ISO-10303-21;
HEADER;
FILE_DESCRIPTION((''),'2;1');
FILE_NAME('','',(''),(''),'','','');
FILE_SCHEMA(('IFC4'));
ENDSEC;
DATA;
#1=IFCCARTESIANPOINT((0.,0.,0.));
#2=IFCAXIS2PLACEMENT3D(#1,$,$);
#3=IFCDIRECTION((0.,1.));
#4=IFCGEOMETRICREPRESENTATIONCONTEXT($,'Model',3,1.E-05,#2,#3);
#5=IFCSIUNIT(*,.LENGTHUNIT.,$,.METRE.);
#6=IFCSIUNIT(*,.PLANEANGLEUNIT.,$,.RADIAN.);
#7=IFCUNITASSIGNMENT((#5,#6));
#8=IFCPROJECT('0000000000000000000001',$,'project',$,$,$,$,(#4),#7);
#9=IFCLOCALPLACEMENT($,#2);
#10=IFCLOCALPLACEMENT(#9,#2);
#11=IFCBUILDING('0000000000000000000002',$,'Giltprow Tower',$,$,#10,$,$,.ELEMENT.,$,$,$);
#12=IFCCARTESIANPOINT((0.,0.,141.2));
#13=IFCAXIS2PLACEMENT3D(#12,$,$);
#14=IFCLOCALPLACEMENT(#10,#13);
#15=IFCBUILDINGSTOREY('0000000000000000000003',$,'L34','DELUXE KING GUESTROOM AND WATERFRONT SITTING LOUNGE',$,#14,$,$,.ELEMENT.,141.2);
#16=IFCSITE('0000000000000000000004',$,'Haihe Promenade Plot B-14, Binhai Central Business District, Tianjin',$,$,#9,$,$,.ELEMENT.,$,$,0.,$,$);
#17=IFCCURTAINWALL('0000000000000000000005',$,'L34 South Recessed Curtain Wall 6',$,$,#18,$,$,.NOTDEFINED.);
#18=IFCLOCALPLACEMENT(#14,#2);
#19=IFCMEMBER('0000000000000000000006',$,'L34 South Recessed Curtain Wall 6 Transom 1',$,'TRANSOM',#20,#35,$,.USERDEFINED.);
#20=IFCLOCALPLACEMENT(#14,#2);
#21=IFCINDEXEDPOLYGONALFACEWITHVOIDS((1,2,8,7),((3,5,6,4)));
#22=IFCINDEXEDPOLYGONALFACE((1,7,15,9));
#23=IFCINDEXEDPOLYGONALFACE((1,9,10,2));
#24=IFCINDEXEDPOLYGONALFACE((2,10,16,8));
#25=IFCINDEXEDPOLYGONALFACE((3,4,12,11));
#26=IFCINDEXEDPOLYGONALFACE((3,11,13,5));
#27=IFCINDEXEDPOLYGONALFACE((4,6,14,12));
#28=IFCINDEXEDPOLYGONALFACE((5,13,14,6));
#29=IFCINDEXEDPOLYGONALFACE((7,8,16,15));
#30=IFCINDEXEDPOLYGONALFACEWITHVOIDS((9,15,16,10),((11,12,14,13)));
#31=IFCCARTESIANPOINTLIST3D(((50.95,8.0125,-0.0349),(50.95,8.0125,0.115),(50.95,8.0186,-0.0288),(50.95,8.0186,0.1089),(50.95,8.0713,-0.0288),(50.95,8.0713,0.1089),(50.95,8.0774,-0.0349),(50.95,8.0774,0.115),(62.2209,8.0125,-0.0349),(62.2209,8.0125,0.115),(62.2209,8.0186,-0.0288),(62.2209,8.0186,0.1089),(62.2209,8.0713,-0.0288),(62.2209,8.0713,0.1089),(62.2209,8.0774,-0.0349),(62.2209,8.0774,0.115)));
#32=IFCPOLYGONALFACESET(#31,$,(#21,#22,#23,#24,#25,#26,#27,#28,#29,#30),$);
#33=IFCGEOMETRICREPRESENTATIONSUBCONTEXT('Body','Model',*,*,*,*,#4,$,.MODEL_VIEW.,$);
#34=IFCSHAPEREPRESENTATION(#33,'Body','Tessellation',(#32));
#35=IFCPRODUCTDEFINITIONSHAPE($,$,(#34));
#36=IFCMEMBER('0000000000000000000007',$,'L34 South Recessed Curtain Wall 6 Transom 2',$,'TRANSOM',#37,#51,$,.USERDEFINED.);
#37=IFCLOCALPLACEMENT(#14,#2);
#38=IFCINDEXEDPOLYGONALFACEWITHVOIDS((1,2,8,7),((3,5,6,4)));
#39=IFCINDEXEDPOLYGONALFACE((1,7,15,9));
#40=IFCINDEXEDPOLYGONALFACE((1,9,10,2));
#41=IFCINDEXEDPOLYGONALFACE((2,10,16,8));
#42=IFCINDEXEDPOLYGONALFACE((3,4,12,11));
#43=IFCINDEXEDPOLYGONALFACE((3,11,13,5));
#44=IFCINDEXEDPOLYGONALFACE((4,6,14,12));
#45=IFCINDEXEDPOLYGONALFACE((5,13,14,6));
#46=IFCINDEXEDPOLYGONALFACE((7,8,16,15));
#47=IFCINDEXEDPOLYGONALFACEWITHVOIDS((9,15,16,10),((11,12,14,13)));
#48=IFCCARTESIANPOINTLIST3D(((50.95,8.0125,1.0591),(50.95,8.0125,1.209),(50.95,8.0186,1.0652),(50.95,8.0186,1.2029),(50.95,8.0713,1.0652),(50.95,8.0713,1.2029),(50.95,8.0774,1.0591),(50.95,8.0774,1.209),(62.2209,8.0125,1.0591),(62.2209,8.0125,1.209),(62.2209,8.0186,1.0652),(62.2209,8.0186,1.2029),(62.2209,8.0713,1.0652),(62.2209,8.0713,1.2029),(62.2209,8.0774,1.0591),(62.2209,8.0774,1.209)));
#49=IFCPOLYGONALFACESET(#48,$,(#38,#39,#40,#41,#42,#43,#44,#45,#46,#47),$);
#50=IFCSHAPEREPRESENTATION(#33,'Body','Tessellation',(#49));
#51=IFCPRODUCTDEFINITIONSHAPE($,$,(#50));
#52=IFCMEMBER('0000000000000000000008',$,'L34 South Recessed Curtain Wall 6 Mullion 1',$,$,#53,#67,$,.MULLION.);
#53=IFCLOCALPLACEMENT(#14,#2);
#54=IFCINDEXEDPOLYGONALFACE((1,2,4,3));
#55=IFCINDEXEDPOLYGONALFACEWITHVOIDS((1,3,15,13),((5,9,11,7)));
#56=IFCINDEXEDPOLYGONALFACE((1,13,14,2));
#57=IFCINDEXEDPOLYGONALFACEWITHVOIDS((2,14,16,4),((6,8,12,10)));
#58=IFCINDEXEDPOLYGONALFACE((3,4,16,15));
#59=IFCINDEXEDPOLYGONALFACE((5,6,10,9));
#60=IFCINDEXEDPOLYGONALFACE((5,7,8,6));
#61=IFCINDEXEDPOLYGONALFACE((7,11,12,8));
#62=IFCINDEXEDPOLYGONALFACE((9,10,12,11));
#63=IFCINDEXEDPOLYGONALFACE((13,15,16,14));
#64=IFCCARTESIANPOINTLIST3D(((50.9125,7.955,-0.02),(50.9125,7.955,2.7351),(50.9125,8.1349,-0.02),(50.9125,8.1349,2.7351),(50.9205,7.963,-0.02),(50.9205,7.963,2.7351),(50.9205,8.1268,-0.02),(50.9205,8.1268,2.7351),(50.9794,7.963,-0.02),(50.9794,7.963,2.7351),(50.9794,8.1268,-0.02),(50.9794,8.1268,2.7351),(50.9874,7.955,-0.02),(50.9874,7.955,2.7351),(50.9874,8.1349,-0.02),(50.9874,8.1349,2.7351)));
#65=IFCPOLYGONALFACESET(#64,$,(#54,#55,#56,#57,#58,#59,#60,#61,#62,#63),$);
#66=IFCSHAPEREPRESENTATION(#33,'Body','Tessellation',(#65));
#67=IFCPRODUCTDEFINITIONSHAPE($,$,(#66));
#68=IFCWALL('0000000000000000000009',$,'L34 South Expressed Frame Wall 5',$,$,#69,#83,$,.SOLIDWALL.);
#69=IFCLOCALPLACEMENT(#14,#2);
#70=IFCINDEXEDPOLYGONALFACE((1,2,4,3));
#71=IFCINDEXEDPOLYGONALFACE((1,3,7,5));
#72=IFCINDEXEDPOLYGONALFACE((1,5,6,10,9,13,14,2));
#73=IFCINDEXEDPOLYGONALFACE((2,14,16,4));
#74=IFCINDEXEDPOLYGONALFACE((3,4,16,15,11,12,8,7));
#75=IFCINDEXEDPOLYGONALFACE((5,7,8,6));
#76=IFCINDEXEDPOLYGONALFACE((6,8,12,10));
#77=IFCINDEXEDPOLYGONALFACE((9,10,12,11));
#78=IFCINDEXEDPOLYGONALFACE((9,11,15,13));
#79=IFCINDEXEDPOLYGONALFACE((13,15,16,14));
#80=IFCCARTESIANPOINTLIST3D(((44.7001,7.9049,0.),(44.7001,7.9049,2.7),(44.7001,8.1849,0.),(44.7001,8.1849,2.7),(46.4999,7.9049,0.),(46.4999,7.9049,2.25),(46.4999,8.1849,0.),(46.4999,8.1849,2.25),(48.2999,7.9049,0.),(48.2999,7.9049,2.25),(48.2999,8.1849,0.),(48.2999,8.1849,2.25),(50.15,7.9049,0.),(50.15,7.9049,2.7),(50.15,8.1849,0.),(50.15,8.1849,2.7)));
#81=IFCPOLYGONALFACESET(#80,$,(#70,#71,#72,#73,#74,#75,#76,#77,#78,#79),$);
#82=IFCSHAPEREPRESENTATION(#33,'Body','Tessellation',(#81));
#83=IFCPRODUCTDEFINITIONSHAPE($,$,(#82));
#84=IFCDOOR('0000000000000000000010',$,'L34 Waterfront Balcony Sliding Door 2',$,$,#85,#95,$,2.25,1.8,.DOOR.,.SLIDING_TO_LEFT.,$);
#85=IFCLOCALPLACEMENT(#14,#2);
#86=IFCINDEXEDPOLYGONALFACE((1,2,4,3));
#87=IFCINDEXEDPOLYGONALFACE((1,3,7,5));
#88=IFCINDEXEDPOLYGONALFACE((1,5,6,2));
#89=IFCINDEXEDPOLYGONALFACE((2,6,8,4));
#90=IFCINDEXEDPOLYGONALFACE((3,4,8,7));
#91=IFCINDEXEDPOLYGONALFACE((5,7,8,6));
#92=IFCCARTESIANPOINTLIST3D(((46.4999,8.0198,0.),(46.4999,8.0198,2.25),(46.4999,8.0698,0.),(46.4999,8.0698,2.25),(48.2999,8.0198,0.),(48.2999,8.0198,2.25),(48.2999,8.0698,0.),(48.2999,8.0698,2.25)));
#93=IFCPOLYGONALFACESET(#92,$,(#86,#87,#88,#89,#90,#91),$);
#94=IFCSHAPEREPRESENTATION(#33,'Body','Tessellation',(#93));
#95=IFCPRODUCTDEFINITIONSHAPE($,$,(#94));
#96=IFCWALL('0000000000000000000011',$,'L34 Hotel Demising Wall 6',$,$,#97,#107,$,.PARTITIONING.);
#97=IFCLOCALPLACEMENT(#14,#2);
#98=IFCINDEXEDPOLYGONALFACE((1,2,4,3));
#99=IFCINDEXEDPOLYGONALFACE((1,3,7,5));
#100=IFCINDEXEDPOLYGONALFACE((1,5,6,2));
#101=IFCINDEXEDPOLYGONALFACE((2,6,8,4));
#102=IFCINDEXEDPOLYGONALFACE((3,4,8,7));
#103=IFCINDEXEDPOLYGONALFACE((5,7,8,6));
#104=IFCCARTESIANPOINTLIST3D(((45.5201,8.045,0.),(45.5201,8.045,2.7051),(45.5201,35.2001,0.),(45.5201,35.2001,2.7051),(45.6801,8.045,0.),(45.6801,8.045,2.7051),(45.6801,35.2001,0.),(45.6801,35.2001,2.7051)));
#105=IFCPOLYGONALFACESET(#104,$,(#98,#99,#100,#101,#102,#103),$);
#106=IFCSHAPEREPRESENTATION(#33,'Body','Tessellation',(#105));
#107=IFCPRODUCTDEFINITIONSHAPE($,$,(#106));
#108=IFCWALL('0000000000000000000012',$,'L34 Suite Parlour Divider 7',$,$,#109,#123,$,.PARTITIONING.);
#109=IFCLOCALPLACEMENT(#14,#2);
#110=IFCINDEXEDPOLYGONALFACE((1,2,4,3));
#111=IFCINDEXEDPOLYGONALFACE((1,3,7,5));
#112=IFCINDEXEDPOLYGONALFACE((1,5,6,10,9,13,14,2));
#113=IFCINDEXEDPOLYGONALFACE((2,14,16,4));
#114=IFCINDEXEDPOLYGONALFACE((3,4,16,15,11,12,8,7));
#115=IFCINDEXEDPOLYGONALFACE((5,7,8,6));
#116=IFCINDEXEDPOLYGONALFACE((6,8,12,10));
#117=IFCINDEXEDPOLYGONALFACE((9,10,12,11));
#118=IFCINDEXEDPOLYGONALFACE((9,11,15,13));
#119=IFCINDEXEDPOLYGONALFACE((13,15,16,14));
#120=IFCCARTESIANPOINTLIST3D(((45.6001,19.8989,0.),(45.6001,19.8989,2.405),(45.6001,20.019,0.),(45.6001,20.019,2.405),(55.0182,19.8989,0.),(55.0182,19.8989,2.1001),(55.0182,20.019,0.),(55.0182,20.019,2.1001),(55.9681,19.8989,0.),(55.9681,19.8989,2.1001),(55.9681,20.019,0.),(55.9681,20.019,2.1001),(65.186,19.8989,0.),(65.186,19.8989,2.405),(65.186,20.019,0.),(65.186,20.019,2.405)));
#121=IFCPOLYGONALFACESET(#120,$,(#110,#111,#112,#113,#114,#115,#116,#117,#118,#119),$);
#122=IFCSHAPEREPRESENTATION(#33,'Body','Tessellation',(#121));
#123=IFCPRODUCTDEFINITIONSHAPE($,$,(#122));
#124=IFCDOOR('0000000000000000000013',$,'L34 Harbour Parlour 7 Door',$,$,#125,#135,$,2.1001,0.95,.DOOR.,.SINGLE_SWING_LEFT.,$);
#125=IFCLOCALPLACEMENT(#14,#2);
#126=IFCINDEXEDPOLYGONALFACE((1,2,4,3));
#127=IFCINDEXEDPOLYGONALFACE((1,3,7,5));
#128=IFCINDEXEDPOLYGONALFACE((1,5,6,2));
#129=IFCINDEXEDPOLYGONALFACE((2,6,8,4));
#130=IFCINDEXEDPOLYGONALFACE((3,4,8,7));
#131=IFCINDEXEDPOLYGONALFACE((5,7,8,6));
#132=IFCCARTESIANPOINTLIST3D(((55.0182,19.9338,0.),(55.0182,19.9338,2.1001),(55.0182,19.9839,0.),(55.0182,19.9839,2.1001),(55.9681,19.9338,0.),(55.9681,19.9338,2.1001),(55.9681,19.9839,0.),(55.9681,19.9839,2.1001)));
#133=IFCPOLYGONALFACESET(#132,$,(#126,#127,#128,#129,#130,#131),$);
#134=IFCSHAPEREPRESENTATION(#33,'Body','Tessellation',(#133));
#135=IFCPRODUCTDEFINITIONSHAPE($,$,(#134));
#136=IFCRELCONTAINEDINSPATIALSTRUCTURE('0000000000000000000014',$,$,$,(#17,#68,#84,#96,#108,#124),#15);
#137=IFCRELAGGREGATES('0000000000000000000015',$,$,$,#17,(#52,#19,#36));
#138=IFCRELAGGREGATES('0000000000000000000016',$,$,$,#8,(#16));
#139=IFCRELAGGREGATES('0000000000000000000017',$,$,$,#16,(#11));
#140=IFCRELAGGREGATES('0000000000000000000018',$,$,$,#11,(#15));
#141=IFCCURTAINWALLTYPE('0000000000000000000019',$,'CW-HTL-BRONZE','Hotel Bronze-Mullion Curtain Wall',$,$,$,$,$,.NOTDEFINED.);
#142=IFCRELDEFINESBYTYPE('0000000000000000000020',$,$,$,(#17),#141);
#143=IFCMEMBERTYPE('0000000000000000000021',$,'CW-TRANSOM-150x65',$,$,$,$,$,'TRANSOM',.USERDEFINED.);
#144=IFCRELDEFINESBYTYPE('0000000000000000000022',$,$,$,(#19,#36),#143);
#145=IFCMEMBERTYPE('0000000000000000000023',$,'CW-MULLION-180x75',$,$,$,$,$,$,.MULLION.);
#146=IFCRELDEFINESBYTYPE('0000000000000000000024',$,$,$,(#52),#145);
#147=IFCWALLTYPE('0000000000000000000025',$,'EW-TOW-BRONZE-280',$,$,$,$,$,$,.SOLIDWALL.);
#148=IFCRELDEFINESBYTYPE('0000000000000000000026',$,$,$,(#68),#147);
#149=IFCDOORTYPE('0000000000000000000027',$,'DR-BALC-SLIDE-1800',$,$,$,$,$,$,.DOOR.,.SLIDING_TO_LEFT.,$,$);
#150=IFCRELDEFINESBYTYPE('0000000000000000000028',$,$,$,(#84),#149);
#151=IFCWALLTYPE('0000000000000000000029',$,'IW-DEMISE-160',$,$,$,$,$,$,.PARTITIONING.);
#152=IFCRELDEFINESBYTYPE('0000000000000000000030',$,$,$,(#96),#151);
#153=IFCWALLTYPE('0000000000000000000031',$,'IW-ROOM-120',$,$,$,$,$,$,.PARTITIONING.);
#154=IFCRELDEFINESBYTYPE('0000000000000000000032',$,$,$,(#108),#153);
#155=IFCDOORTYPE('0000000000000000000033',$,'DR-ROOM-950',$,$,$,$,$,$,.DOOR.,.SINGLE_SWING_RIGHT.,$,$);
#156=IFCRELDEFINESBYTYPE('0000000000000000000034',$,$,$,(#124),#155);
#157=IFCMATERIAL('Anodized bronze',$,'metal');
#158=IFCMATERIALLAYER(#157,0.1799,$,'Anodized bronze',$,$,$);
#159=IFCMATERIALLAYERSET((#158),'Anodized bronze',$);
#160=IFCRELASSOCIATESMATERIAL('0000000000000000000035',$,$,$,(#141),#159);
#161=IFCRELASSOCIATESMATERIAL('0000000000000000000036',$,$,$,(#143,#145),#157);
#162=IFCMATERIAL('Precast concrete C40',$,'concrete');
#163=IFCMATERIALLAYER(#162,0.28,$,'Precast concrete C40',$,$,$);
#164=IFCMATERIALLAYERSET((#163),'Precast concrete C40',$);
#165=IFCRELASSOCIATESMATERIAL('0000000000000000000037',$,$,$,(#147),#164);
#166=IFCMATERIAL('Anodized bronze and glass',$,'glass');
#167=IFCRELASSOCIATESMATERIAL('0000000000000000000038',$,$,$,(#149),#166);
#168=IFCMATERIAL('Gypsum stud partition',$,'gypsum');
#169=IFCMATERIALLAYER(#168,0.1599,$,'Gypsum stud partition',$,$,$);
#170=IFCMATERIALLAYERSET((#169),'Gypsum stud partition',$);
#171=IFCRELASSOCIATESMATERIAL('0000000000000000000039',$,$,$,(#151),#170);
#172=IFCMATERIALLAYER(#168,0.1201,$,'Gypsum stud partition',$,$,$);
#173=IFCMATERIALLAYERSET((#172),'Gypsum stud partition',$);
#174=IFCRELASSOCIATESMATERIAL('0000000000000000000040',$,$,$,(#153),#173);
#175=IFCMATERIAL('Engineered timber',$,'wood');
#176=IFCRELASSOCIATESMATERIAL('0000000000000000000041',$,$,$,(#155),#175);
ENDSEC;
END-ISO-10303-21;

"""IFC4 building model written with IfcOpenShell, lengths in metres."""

from ifc_helpers import new_model, si_unit, direction, frame, frame_2d, origin, origin_2d, place, context, subcontext, project, spatial, rectangle, hollow_rectangle, extrude, source, transform, mapped, material, layer, layer_set, material_profile, profile_set, type_object, element, fill, aggregate, save


model = new_model("IFC4")

# Units and contexts
model_context = context("Model", 3, precision=1e-05, world=origin(), true_north=direction((0.0, 1.0)))
body_context = subcontext(model_context, "Body", "Model", "MODEL_VIEW")
ifc_project = project(units=[si_unit("LENGTHUNIT", "METRE"), si_unit("PLANEANGLEUNIT", "RADIAN")], contexts=[model_context])

# Site, building, storey
site_placement = place(None, origin())
site = spatial("IfcSite", under=ifc_project, at=site_placement, Name="Haihe Promenade Plot B-14, Binhai Central Business District, Tianjin", CompositionType="ELEMENT", RefElevation=0.0)
building_placement = place(site_placement, origin())
building = spatial("IfcBuilding", under=site, at=building_placement, Name="Giltprow Tower", CompositionType="ELEMENT")
storey_placement = place(building_placement, frame((0.0, 0.0, 141.2)))
storey = spatial("IfcBuildingStorey", under=building, at=storey_placement, Name="L34", Description="DELUXE KING GUESTROOM AND WATERFRONT SITTING LOUNGE", CompositionType="ELEMENT", Elevation=141.2)

# Curtain wall, members
ifc_material_1 = material(Name="Anodized bronze", Category="metal")
ifc_layer_1 = layer(ifc_material_1, 0.1799, Name="Anodized bronze")
ifc_layer_set_1 = layer_set([ifc_layer_1], Name="Anodized bronze")
curtain_wall_type = type_object("IfcCurtainWallType", Name="CW-HTL-BRONZE", Description="Hotel Bronze-Mullion Curtain Wall", PredefinedType="NOTDEFINED", material=ifc_layer_set_1)
curtain_wall_placement = place(storey_placement, origin())
curtain_wall = element("IfcCurtainWall", 1, at=curtain_wall_placement, inside=storey, type_object=curtain_wall_type, Name="L34 South Recessed Curtain Wall 6", PredefinedType="NOTDEFINED")
ifc_material_profile_1 = material_profile(ifc_material_1, hollow_rectangle(XDim=0.0649, YDim=0.1499, WallThickness=0.0061, at=origin_2d()), Name="RHS 150x65x6")
ifc_profile_set_1 = profile_set([ifc_material_profile_1], Name="Anodized bronze")
member_type_1 = type_object("IfcMemberType", Name="CW-TRANSOM-150x65", ElementType="TRANSOM", PredefinedType="USERDEFINED", material=ifc_profile_set_1)
shared_shape_1 = source(origin(), body_context, "Body", "SweptSolid", [
    extrude(hollow_rectangle(XDim=0.0649, YDim=0.1499, WallThickness=0.0061, at=origin_2d()), origin(), (0.0, 0.0, 1.0), 11.271),
])
member_1_placement = place(storey_placement, frame((50.95, 8.0449, 0.04), z_axis=(1.0, 0.0, 0.0), x_axis=(0.0, 1.0, 0.0)))
member_1 = element("IfcMember", 2, at=member_1_placement, type_object=member_type_1, Name="L34 South Recessed Curtain Wall 6 Transom 1", ObjectType="TRANSOM", PredefinedType="USERDEFINED", context=body_context, shape_type="MappedRepresentation", body=[
    mapped(shared_shape_1, transform((0.0, 0.0, 0.0), x_axis=(1.0, 0.0, 0.0), y_axis=(0.0, 1.0, 0.0), z_axis=(0.0, 0.0, 1.0), scale=1.0)),
])
member_2_placement = place(storey_placement, frame((50.95, 8.0449, 1.134), z_axis=(1.0, 0.0, 0.0), x_axis=(0.0, 1.0, 0.0)))
member_2 = element("IfcMember", 3, at=member_2_placement, type_object=member_type_1, Name="L34 South Recessed Curtain Wall 6 Transom 2", ObjectType="TRANSOM", PredefinedType="USERDEFINED", context=body_context, shape_type="MappedRepresentation", body=[
    mapped(shared_shape_1, transform((0.0, 0.0, 0.0), x_axis=(1.0, 0.0, 0.0), y_axis=(0.0, 1.0, 0.0), z_axis=(0.0, 0.0, 1.0), scale=1.0)),
])
ifc_material_profile_2 = material_profile(ifc_material_1, hollow_rectangle(XDim=0.075, YDim=0.1799, WallThickness=0.0081, at=origin_2d()), Name="RHS 180x75x8")
ifc_profile_set_2 = profile_set([ifc_material_profile_2], Name="Anodized bronze")
member_type_2 = type_object("IfcMemberType", Name="CW-MULLION-180x75", PredefinedType="MULLION", material=ifc_profile_set_2)
shared_shape_2 = source(origin(), body_context, "Body", "SweptSolid", [
    extrude(hollow_rectangle(XDim=0.075, YDim=0.1799, WallThickness=0.0081, at=origin_2d()), origin(), (0.0, 0.0, 1.0), 2.7551),
])
member_3_placement = place(storey_placement, frame((50.95, 8.0449, -0.02), z_axis=(0.0, 0.0, 1.0), x_axis=(1.0, 0.0, 0.0)))
member_3 = element("IfcMember", 4, at=member_3_placement, type_object=member_type_2, Name="L34 South Recessed Curtain Wall 6 Mullion 1", PredefinedType="MULLION", context=body_context, shape_type="MappedRepresentation", body=[
    mapped(shared_shape_2, transform((0.0, 0.0, 0.0), x_axis=(1.0, 0.0, 0.0), y_axis=(0.0, 1.0, 0.0), z_axis=(0.0, 0.0, 1.0), scale=1.0)),
])
aggregate(curtain_wall, [member_3, member_1, member_2])

# Wall, opening, door
ifc_material_2 = material(Name="Precast concrete C40", Category="concrete")
ifc_layer_2 = layer(ifc_material_2, 0.28, Name="Precast concrete C40")
ifc_layer_set_2 = layer_set([ifc_layer_2], Name="Precast concrete C40")
wall_type_1 = type_object("IfcWallType", Name="EW-TOW-BRONZE-280", PredefinedType="SOLIDWALL", material=ifc_layer_set_2)
wall_1_placement = place(storey_placement, frame((44.7, 8.0449, 0.0), z_axis=(0.0, 0.0, 1.0), x_axis=(1.0, 0.0, 0.0)))
wall_1 = element("IfcWall", 5, at=wall_1_placement, inside=storey, type_object=wall_type_1, Name="L34 South Expressed Frame Wall 5", PredefinedType="SOLIDWALL", context=body_context, shape_type="SweptSolid", body=[
    extrude(rectangle(XDim=5.45, YDim=0.28, at=frame_2d((2.7251, 0.0))), origin(), (0.0, 0.0, 1.0), 2.7),
])
opening_1_placement = place(wall_1_placement, frame((1.8, 0.0, 0.0)))
opening_1 = element("IfcOpeningElement", 6, at=opening_1_placement, cuts=wall_1, PredefinedType="OPENING", context=body_context, shape_type="SweptSolid", body=[
    extrude(rectangle(XDim=1.8, YDim=2.25, at=frame_2d((0.8999, 1.125))), frame((0.0, 0.1499, 0.0), z_axis=(0.0, -1.0, 0.0), x_axis=(1.0, 0.0, 0.0)), (0.0, 0.0, 1.0), 0.3),
])
ifc_material_3 = material(Name="Anodized bronze and glass", Category="glass")
door_type_1 = type_object("IfcDoorType", Name="DR-BALC-SLIDE-1800", OperationType="SLIDING_TO_LEFT", PredefinedType="DOOR", material=ifc_material_3)
shared_shape_3 = source(origin(), body_context, "Body", "SweptSolid", [
    extrude(rectangle(XDim=1.8, YDim=2.25, at=frame_2d((0.8999, 1.125))), frame((0.0, 0.0249, 0.0), z_axis=(0.0, -1.0, 0.0), x_axis=(1.0, 0.0, 0.0)), (0.0, 0.0, 1.0), 0.05),
])
door_1_placement = place(opening_1_placement, origin())
door_1 = element("IfcDoor", 7, at=door_1_placement, inside=storey, type_object=door_type_1, Name="L34 Waterfront Balcony Sliding Door 2", OperationType="SLIDING_TO_LEFT", OverallHeight=2.25, OverallWidth=1.8, PredefinedType="DOOR", context=body_context, shape_type="MappedRepresentation", body=[
    mapped(shared_shape_3, transform((0.0, 0.0, 0.0), x_axis=(1.0, 0.0, 0.0), y_axis=(0.0, 1.0, 0.0), z_axis=(0.0, 0.0, 1.0), scale=1.0)),
])
fill(opening_1, door_1)

# Wall
ifc_material_4 = material(Name="Gypsum stud partition", Category="gypsum")
ifc_layer_3 = layer(ifc_material_4, 0.1599, Name="Gypsum stud partition")
ifc_layer_set_3 = layer_set([ifc_layer_3], Name="Gypsum stud partition")
wall_type_2 = type_object("IfcWallType", Name="IW-DEMISE-160", PredefinedType="PARTITIONING", material=ifc_layer_set_3)
wall_2_placement = place(storey_placement, frame((45.6001, 8.0449, 0.0), z_axis=(0.0, 0.0, 1.0), x_axis=(0.0, 1.0, 0.0)))
element("IfcWall", 8, at=wall_2_placement, inside=storey, type_object=wall_type_2, Name="L34 Hotel Demising Wall 6", PredefinedType="PARTITIONING", context=body_context, shape_type="SweptSolid", body=[
    extrude(rectangle(XDim=27.155, YDim=0.1599, at=frame_2d((13.5776, 0.0))), origin(), (0.0, 0.0, 1.0), 2.7051),
])

# Wall, opening, door
ifc_layer_4 = layer(ifc_material_4, 0.1201, Name="Gypsum stud partition")
ifc_layer_set_4 = layer_set([ifc_layer_4], Name="Gypsum stud partition")
wall_type_3 = type_object("IfcWallType", Name="IW-ROOM-120", PredefinedType="PARTITIONING", material=ifc_layer_set_4)
wall_3_placement = place(storey_placement, frame((45.6001, 19.959, 0.0), z_axis=(0.0, 0.0, 1.0), x_axis=(1.0, 0.0, 0.0)))
wall_3 = element("IfcWall", 9, at=wall_3_placement, inside=storey, type_object=wall_type_3, Name="L34 Suite Parlour Divider 7", PredefinedType="PARTITIONING", context=body_context, shape_type="SweptSolid", body=[
    extrude(rectangle(XDim=19.5859, YDim=0.1201, at=frame_2d((9.793, 0.0))), origin(), (0.0, 0.0, 1.0), 2.405),
])
opening_2_placement = place(wall_3_placement, frame((9.418, 0.0, 0.0)))
opening_2 = element("IfcOpeningElement", 10, at=opening_2_placement, cuts=wall_3, PredefinedType="OPENING", context=body_context, shape_type="SweptSolid", body=[
    extrude(rectangle(XDim=0.95, YDim=2.1001, at=frame_2d((0.4751, 1.05))), frame((0.0, 0.0701, 0.0), z_axis=(0.0, -1.0, 0.0), x_axis=(1.0, 0.0, 0.0)), (0.0, 0.0, 1.0), 0.1401),
])
ifc_material_5 = material(Name="Engineered timber", Category="wood")
door_type_2 = type_object("IfcDoorType", Name="DR-ROOM-950", OperationType="SINGLE_SWING_RIGHT", PredefinedType="DOOR", material=ifc_material_5)
shared_shape_4 = source(origin(), body_context, "Body", "SweptSolid", [
    extrude(rectangle(XDim=0.95, YDim=2.1001, at=frame_2d((0.4751, 1.05))), frame((0.0, 0.0249, 0.0), z_axis=(0.0, -1.0, 0.0), x_axis=(1.0, 0.0, 0.0)), (0.0, 0.0, 1.0), 0.05),
])
door_2_placement = place(opening_2_placement, origin())
door_2 = element("IfcDoor", 11, at=door_2_placement, inside=storey, type_object=door_type_2, Name="L34 Harbour Parlour 7 Door", OperationType="SINGLE_SWING_LEFT", OverallHeight=2.1001, OverallWidth=0.95, PredefinedType="DOOR", context=body_context, shape_type="MappedRepresentation", body=[
    mapped(shared_shape_4, transform((0.0, 0.0, 0.0), x_axis=(1.0, 0.0, 0.0), y_axis=(0.0, 1.0, 0.0), z_axis=(0.0, 0.0, 1.0), scale=1.0)),
])
fill(opening_2, door_2)

save(model, "model.ifc")
